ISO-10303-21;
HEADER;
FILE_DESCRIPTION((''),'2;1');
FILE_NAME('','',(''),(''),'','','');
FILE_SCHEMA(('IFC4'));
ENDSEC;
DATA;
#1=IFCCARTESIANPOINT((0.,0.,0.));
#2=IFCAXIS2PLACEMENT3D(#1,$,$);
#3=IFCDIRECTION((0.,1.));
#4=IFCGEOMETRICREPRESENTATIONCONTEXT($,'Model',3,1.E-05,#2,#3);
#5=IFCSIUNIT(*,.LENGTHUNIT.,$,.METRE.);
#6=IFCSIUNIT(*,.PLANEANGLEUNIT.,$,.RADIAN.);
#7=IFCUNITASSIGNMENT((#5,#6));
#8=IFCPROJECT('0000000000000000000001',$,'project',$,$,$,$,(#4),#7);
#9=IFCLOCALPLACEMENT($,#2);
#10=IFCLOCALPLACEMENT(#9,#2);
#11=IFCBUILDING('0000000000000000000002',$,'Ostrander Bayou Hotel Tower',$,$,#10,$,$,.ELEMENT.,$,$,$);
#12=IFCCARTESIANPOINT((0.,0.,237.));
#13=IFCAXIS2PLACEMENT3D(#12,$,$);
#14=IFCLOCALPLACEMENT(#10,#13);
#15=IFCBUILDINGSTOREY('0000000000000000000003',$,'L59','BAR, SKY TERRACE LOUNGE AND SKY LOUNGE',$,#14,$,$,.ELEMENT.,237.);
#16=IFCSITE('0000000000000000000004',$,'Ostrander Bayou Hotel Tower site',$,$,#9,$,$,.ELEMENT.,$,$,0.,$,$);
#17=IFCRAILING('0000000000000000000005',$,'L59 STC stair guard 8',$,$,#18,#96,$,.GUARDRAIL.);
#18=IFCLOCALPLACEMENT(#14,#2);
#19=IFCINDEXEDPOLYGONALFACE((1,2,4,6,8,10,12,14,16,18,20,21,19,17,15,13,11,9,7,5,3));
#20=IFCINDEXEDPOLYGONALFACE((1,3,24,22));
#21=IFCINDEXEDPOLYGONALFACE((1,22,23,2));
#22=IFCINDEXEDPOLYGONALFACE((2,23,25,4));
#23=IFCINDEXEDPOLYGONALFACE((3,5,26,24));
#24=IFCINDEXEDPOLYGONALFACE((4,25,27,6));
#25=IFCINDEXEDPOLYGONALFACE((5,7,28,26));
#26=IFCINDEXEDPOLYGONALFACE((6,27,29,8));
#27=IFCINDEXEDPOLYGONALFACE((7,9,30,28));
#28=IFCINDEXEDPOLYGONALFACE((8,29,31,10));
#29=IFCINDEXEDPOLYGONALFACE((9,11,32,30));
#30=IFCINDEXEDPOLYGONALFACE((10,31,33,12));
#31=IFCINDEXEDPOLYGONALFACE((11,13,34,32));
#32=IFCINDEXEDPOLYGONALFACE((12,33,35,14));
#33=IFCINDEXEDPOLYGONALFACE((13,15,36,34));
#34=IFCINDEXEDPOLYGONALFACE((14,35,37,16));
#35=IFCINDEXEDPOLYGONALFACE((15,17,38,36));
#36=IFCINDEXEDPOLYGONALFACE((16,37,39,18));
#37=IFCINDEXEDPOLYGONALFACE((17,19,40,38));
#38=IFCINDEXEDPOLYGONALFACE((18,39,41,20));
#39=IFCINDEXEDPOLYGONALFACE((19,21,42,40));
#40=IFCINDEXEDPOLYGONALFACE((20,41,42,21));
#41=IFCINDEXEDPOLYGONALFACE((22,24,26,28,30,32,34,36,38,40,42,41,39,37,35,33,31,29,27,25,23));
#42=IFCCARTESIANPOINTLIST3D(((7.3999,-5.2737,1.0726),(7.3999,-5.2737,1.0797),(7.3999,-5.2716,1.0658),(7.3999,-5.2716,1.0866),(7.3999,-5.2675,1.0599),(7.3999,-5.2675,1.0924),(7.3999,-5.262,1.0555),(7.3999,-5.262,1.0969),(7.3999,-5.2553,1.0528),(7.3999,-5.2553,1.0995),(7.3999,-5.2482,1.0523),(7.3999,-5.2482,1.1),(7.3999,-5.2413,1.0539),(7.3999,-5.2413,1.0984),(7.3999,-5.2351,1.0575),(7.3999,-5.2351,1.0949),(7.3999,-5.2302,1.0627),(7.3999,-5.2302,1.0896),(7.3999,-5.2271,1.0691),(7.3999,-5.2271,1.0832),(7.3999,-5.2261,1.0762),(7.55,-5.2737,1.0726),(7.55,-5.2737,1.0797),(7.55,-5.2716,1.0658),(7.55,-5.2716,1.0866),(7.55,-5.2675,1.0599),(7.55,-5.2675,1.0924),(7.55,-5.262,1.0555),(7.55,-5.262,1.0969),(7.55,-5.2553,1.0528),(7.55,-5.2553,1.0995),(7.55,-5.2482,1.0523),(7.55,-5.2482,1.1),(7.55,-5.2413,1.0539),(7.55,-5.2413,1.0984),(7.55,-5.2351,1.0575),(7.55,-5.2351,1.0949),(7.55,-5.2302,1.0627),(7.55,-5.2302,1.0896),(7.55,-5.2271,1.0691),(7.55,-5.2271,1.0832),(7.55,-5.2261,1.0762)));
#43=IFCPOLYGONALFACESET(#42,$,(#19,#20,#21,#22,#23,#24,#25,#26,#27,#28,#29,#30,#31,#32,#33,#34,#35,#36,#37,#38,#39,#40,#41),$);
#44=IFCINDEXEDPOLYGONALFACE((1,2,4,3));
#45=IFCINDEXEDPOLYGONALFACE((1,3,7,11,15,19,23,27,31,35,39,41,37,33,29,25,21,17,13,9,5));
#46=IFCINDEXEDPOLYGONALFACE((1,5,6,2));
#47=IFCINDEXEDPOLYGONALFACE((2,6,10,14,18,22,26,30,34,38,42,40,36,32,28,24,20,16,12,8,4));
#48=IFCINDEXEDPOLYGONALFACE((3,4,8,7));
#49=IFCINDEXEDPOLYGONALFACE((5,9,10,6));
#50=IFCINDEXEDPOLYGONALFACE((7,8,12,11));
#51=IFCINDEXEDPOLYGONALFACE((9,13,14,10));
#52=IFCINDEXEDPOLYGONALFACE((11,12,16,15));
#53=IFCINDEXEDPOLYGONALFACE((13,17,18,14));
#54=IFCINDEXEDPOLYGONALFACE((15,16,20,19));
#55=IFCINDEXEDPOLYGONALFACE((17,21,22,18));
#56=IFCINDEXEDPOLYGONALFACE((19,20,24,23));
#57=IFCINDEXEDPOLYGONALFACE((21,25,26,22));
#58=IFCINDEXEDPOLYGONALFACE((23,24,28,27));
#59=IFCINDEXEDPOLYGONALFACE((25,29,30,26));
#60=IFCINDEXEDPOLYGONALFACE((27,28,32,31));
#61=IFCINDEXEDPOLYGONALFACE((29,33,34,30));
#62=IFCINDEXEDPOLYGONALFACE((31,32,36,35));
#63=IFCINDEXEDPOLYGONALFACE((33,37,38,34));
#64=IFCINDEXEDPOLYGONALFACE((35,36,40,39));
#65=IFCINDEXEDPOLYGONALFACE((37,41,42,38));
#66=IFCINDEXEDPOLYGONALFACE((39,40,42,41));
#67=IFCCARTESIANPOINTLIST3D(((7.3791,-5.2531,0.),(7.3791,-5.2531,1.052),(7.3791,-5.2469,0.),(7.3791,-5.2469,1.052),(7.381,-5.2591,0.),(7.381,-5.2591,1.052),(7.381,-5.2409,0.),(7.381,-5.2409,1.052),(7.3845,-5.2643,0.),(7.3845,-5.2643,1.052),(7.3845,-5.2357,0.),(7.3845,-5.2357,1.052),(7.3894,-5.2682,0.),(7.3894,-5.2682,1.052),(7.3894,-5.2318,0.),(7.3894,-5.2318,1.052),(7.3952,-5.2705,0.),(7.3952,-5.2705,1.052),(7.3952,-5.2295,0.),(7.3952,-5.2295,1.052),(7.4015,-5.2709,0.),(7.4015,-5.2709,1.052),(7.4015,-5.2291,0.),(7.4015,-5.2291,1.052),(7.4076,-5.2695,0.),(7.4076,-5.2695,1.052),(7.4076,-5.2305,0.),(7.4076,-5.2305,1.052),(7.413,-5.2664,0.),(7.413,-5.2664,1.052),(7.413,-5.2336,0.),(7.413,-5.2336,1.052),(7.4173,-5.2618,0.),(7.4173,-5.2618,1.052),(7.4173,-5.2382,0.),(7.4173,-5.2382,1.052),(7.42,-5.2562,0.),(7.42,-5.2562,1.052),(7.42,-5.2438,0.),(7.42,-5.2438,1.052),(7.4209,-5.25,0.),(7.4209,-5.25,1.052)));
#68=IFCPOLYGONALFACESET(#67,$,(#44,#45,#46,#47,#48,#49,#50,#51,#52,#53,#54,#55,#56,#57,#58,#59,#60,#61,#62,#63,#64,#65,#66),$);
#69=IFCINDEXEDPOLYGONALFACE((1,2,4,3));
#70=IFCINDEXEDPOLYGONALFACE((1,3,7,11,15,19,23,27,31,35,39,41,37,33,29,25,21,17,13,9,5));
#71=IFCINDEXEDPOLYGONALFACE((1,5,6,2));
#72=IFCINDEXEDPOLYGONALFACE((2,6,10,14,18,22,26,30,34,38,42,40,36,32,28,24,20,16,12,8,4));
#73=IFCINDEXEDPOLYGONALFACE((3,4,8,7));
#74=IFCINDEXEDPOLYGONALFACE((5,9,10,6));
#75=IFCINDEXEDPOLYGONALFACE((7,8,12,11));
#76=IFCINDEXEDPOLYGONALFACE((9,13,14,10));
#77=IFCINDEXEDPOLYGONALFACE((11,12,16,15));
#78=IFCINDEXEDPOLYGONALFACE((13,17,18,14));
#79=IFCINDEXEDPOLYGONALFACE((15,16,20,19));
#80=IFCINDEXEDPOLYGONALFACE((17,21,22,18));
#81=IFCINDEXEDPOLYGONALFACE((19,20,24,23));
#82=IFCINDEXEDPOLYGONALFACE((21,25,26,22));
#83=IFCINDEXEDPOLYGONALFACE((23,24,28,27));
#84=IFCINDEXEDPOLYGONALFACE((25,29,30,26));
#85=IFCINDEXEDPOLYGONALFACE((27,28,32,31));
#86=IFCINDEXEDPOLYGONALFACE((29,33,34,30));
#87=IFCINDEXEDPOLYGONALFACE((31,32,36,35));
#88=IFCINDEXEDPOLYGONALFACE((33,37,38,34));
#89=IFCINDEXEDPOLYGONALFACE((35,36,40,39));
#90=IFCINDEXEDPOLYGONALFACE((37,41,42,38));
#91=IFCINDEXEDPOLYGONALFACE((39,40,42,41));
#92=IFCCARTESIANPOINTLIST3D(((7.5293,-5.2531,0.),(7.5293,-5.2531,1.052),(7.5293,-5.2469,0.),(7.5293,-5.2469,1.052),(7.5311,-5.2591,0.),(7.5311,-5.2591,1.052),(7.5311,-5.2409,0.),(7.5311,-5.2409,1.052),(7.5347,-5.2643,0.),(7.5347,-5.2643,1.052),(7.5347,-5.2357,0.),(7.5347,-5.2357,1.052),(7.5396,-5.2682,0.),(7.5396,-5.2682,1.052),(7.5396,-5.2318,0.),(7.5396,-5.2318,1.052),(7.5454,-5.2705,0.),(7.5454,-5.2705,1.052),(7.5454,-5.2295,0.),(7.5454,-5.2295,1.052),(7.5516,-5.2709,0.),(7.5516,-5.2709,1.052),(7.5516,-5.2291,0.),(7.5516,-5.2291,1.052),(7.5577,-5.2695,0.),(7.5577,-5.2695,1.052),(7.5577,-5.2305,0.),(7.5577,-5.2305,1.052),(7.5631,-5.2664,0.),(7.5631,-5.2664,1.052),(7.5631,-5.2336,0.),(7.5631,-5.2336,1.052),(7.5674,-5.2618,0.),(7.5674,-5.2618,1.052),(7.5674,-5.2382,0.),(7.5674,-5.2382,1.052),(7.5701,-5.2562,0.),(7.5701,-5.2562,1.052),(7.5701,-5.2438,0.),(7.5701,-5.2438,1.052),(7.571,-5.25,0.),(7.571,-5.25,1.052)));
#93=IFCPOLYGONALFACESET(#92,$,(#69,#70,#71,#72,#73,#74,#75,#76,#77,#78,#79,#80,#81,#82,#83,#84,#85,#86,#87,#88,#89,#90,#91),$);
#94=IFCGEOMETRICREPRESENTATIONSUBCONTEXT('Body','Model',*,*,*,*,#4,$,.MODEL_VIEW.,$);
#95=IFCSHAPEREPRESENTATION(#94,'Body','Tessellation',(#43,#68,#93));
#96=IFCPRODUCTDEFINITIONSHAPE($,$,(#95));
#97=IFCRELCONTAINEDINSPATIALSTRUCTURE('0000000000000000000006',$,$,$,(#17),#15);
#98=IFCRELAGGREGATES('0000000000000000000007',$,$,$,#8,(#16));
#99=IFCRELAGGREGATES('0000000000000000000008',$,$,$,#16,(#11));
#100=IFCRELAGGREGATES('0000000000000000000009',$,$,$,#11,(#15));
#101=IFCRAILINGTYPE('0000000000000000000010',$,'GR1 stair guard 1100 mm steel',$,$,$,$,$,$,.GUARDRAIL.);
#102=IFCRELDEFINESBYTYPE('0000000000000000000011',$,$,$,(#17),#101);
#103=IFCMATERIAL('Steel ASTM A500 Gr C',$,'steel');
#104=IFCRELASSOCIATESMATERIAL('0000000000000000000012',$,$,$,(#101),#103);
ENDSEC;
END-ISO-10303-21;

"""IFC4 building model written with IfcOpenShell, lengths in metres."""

from ifc_helpers import new_model, si_unit, direction, frame, origin, origin_2d, place, context, subcontext, project, spatial, circle, extrude, material, type_object, element, save


model = new_model("IFC4")

# Units and contexts
model_context = context("Model", 3, precision=1e-05, world=origin(), true_north=direction((0.0, 1.0)))
body_context = subcontext(model_context, "Body", "Model", "MODEL_VIEW")
ifc_project = project(units=[si_unit("LENGTHUNIT", "METRE"), si_unit("PLANEANGLEUNIT", "RADIAN")], contexts=[model_context])

# Site, building, storey
site_placement = place(None, origin())
site = spatial("IfcSite", under=ifc_project, at=site_placement, Name="Ostrander Bayou Hotel Tower site", CompositionType="ELEMENT", RefElevation=0.0)
building_placement = place(site_placement, origin())
building = spatial("IfcBuilding", under=site, at=building_placement, Name="Ostrander Bayou Hotel Tower", CompositionType="ELEMENT")
storey_placement = place(building_placement, frame((0.0, 0.0, 237.0)))
storey = spatial("IfcBuildingStorey", under=building, at=storey_placement, Name="L59", Description="BAR, SKY TERRACE LOUNGE AND SKY LOUNGE", CompositionType="ELEMENT", Elevation=237.0)

# Railing
ifc_material_1 = material(Name="Steel ASTM A500 Gr C", Category="steel")
railing_type_1 = type_object("IfcRailingType", Name="GR1 stair guard 1100 mm steel", PredefinedType="GUARDRAIL", material=ifc_material_1)
railing_1_placement = place(storey_placement, frame((7.3999, -5.25, 0.0)))
element("IfcRailing", 1, at=railing_1_placement, inside=storey, type_object=railing_type_1, Name="L59 STC stair guard 8", PredefinedType="GUARDRAIL", context=body_context, shape_type="SweptSolid", body=[
    extrude(circle(Radius=0.0239, at=origin_2d()), frame((0.0, 0.0, 1.0762), z_axis=(1.0, 0.0, 0.0), x_axis=(0.0, 1.0, 0.0)), (0.0, 0.0, 1.0), 0.1501),
    extrude(circle(Radius=0.021, at=origin_2d()), origin(), (0.0, 0.0, 1.0), 1.052),
    extrude(circle(Radius=0.021, at=origin_2d()), frame((0.1501, 0.0, 0.0)), (0.0, 0.0, 1.0), 1.052),
])

save(model, "model.ifc")
